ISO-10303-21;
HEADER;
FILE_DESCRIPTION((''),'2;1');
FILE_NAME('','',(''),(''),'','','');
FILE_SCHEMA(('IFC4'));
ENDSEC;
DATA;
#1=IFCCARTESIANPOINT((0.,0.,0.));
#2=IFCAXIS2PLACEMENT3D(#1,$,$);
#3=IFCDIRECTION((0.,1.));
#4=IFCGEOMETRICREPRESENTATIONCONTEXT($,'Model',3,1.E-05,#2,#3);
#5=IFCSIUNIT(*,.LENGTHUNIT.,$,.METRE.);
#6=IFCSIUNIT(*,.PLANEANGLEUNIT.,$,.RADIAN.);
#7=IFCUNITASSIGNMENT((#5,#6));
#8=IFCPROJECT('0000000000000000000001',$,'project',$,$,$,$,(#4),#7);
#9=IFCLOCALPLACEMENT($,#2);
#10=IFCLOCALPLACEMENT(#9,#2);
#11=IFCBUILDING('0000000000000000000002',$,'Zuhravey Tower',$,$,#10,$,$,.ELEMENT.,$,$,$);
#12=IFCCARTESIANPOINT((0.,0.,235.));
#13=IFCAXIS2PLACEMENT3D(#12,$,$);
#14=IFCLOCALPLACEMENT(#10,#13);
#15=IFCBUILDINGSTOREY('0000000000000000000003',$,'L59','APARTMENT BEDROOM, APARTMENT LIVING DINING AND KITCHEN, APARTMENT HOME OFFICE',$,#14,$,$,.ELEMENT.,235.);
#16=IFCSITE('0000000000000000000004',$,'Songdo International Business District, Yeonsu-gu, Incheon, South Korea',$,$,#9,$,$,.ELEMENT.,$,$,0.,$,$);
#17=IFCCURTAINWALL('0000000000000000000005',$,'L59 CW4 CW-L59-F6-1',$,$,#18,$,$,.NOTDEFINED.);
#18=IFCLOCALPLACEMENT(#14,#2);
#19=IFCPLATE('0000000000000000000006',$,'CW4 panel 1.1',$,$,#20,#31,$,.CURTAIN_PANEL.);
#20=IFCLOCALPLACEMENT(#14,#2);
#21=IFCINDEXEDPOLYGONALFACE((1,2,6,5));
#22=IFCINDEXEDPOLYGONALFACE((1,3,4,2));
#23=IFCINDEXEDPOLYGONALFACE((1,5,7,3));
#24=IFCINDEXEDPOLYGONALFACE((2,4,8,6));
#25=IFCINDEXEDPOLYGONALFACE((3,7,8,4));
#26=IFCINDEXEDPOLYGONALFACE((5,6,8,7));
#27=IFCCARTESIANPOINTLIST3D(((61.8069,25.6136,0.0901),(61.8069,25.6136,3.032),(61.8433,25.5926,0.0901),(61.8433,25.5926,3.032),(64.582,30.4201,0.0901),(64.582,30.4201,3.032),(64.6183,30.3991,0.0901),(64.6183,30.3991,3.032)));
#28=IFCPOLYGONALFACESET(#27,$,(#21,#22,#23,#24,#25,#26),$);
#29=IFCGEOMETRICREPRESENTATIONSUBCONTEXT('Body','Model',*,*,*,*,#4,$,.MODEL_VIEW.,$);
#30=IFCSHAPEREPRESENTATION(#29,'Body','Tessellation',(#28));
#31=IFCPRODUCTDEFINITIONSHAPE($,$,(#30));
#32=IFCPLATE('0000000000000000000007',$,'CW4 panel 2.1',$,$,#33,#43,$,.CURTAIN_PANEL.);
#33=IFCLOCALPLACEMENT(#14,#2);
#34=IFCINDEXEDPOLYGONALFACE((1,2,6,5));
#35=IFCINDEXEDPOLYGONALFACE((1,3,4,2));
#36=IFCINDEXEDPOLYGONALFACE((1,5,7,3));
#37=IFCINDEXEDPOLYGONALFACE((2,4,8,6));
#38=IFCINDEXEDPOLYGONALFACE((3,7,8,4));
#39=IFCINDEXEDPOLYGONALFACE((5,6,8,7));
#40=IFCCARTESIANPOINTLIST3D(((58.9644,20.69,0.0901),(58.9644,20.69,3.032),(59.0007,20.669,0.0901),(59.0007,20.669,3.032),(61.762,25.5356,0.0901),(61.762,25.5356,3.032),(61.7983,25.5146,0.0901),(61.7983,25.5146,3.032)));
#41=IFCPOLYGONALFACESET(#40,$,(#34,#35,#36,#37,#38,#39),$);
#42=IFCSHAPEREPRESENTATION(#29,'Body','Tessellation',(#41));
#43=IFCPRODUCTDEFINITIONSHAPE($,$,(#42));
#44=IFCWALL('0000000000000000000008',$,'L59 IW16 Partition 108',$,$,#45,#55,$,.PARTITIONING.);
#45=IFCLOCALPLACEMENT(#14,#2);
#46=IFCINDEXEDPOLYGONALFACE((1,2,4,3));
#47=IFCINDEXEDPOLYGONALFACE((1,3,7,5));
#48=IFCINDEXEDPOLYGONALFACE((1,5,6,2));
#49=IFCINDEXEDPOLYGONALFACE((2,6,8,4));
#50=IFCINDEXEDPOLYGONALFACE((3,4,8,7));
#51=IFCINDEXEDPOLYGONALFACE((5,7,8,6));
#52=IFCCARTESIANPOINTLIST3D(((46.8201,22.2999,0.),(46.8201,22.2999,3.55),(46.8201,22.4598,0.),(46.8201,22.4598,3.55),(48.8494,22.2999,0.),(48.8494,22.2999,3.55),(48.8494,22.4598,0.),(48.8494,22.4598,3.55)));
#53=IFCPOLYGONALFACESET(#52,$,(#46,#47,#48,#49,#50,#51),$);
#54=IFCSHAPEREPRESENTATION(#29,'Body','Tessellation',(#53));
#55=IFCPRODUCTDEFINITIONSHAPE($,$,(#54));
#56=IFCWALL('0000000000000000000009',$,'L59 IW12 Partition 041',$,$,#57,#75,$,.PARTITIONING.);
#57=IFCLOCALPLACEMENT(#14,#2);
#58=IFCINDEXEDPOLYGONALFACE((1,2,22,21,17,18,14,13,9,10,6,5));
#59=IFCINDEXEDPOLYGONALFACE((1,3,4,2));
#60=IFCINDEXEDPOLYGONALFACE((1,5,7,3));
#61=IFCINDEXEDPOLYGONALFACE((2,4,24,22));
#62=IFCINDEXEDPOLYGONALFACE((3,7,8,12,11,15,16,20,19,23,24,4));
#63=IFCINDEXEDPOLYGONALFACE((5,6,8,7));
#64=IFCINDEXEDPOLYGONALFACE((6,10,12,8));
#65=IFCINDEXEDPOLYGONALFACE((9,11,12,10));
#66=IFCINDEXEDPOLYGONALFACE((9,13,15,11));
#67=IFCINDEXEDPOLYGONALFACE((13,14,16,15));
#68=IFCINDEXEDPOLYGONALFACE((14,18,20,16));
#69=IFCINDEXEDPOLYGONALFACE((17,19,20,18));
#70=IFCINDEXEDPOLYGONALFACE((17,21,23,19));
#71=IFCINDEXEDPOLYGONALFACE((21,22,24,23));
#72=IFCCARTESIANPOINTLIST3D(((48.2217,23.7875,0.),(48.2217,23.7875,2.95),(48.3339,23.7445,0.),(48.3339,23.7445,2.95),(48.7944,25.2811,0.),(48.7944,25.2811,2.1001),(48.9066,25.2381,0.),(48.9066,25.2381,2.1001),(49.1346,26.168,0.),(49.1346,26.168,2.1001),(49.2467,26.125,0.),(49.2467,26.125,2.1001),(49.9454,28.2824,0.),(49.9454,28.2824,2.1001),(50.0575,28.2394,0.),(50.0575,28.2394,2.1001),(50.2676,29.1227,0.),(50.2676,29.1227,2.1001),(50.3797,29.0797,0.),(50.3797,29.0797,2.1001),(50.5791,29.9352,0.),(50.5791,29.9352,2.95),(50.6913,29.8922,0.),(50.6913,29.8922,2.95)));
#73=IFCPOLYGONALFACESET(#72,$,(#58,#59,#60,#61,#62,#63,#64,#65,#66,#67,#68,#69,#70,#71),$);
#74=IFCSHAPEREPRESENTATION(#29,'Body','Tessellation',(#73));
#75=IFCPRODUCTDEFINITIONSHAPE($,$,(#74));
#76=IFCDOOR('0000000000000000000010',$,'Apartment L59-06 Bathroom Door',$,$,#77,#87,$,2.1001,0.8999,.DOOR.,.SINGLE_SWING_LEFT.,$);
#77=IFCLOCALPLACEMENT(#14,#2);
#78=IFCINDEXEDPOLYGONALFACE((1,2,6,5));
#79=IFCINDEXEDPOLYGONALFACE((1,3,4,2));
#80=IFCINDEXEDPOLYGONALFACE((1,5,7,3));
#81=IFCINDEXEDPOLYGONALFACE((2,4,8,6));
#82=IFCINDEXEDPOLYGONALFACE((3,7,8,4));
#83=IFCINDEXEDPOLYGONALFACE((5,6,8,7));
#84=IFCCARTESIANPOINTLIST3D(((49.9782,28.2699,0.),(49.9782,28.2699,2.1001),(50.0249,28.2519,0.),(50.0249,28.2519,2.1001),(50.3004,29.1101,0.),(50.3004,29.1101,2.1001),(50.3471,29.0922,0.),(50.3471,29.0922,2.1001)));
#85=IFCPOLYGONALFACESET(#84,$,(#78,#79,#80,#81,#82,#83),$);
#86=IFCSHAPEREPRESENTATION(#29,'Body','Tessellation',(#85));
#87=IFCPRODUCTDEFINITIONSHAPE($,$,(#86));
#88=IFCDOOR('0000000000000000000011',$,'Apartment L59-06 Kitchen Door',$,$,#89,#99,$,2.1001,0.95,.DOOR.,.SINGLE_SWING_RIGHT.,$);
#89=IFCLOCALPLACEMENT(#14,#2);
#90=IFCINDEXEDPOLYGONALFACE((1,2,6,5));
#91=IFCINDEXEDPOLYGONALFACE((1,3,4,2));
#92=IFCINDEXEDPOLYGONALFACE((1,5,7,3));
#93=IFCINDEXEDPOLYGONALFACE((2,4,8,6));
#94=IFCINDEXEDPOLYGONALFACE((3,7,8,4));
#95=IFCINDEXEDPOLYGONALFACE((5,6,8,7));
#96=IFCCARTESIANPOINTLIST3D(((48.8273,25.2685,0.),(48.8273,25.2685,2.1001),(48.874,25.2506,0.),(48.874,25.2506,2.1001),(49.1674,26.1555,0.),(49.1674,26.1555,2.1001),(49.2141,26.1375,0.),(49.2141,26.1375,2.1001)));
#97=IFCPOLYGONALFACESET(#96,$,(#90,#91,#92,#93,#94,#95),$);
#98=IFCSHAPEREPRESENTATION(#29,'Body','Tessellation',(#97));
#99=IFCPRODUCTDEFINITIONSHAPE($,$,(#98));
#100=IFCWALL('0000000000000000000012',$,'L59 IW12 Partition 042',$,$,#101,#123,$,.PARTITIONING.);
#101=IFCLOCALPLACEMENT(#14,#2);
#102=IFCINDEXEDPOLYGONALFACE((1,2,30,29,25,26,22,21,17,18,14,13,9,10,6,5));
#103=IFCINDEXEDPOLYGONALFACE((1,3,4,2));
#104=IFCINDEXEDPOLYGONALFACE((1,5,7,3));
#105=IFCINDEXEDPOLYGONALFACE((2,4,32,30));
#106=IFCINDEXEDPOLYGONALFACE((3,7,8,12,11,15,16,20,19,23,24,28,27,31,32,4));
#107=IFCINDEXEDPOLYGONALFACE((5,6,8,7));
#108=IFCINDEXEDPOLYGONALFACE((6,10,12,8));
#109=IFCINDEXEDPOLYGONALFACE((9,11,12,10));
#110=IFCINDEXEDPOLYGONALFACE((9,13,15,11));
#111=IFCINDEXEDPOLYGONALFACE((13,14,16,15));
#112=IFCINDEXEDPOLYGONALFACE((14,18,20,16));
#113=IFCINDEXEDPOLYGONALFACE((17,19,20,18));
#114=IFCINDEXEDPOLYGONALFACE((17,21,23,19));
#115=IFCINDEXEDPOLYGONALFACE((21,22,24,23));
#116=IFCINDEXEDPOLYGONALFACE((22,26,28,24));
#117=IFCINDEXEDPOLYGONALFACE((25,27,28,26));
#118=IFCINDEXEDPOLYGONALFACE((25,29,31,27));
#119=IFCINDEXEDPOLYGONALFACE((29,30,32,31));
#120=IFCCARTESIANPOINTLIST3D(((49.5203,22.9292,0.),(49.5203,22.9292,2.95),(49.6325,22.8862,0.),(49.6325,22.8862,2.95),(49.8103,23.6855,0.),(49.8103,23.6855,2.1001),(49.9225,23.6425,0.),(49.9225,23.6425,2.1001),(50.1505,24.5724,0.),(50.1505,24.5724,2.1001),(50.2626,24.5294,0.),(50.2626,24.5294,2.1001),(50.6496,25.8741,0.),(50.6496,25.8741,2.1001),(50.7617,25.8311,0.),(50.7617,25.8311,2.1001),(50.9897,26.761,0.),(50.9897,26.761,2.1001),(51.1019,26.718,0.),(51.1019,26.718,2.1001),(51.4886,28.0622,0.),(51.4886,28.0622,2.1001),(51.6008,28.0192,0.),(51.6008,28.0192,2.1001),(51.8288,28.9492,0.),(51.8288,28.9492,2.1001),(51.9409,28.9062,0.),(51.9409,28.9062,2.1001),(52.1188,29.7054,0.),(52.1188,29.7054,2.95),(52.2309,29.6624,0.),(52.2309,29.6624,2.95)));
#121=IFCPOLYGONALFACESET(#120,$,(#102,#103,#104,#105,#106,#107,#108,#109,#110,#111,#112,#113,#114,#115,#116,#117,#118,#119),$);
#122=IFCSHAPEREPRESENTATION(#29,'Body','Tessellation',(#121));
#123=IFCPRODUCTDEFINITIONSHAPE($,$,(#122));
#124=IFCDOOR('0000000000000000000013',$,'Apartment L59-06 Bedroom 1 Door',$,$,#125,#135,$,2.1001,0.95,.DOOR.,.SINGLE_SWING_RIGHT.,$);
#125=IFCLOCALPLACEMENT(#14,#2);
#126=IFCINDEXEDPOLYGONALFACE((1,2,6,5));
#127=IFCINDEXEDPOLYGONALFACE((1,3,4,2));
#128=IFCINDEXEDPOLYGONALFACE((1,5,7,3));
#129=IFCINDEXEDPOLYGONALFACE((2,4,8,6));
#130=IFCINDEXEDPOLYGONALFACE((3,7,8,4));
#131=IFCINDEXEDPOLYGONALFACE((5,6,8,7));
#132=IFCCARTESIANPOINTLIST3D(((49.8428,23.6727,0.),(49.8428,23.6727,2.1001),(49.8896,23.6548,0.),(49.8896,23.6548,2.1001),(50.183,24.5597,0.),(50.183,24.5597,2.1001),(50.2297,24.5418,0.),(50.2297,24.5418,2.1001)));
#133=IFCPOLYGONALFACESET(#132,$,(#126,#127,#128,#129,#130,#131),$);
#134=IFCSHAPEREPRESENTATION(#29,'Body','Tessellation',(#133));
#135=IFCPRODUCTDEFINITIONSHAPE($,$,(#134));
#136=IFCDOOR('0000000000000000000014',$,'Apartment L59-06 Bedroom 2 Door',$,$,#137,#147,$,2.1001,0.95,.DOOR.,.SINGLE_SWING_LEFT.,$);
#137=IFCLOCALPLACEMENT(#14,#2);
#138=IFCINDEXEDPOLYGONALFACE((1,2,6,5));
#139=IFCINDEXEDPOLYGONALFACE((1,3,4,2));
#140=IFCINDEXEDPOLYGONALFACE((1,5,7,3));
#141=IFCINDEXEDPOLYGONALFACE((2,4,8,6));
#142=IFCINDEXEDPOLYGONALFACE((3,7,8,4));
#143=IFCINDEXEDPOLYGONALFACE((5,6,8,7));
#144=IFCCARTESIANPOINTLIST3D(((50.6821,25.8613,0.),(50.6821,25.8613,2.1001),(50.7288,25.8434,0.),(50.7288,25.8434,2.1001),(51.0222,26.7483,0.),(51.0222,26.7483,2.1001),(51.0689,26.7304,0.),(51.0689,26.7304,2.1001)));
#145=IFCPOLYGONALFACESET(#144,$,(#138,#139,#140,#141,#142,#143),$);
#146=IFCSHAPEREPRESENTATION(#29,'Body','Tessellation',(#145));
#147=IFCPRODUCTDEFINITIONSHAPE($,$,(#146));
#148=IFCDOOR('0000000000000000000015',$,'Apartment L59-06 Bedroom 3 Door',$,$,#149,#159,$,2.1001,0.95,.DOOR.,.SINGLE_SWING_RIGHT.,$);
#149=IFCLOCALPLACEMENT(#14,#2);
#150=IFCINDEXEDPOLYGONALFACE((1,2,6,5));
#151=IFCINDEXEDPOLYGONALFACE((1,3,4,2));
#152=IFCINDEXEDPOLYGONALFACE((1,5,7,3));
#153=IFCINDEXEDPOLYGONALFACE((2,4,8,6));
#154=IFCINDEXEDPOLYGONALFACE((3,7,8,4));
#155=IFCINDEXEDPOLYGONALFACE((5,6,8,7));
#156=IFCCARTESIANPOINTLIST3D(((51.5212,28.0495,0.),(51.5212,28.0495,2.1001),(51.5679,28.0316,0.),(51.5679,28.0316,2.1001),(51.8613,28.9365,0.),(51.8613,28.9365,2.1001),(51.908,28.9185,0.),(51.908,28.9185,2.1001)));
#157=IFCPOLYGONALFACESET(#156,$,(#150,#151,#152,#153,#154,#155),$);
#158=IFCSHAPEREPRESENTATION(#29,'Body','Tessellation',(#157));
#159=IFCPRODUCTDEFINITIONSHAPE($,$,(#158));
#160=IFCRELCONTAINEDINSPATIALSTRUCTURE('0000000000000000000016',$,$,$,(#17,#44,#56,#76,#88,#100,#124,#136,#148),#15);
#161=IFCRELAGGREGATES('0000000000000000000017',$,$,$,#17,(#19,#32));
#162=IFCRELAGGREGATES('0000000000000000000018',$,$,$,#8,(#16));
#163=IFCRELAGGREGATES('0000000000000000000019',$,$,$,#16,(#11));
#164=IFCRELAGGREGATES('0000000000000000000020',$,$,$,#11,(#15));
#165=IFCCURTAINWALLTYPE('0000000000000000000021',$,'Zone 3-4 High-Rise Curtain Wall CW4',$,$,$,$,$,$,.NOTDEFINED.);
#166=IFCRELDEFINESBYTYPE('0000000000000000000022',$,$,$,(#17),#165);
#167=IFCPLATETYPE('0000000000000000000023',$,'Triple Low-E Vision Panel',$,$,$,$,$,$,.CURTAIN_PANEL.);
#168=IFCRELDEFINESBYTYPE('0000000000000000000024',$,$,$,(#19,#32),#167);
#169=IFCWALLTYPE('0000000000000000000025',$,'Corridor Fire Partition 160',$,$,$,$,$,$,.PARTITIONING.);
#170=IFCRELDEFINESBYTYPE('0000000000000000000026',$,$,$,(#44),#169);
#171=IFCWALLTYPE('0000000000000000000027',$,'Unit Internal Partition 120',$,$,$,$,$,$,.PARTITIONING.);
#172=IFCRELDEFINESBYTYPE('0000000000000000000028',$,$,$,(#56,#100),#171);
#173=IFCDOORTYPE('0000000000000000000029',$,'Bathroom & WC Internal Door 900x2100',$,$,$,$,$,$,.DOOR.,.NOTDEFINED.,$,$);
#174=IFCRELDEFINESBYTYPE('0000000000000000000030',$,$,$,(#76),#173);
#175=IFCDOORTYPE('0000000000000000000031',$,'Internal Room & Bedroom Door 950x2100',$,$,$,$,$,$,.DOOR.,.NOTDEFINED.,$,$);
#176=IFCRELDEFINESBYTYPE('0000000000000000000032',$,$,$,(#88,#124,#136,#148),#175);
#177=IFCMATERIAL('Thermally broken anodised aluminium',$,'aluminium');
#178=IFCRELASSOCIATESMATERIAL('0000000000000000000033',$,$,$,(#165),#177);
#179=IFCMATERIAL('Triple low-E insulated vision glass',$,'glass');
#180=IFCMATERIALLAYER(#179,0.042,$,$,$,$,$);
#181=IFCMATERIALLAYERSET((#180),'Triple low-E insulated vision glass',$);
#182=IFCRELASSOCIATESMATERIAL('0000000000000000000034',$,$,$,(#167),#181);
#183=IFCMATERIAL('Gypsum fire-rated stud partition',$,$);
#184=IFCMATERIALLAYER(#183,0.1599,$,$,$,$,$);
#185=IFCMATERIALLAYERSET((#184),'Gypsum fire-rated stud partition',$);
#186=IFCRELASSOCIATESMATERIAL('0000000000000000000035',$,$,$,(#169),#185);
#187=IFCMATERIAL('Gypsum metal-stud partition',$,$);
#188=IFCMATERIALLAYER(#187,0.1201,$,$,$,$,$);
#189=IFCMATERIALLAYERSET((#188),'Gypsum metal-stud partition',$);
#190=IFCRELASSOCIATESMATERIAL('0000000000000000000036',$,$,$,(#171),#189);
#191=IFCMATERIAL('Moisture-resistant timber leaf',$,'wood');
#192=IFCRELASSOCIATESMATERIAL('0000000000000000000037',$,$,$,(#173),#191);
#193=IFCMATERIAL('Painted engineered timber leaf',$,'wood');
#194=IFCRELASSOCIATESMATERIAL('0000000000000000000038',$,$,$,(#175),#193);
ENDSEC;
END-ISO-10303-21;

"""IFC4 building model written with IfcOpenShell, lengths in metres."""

from ifc_helpers import new_model, si_unit, direction, frame, frame_2d, origin, origin_2d, place, context, subcontext, project, spatial, rectangle, extrude, material, layer, layer_set, type_object, element, fill, aggregate, save


model = new_model("IFC4")

# Units and contexts
model_context = context("Model", 3, precision=1e-05, world=origin(), true_north=direction((0.0, 1.0)))
body_context = subcontext(model_context, "Body", "Model", "MODEL_VIEW")
ifc_project = project(units=[si_unit("LENGTHUNIT", "METRE"), si_unit("PLANEANGLEUNIT", "RADIAN")], contexts=[model_context])

# Site, building, storey
site_placement = place(None, origin())
site = spatial("IfcSite", under=ifc_project, at=site_placement, Name="Songdo International Business District, Yeonsu-gu, Incheon, South Korea", CompositionType="ELEMENT", RefElevation=0.0)
building_placement = place(site_placement, origin())
building = spatial("IfcBuilding", under=site, at=building_placement, Name="Zuhravey Tower", CompositionType="ELEMENT")
storey_placement = place(building_placement, frame((0.0, 0.0, 235.0)))
storey = spatial("IfcBuildingStorey", under=building, at=storey_placement, Name="L59", Description="APARTMENT BEDROOM, APARTMENT LIVING DINING AND KITCHEN, APARTMENT HOME OFFICE", CompositionType="ELEMENT", Elevation=235.0)

# Curtain wall
ifc_material_1 = material(Name="Thermally broken anodised aluminium", Category="aluminium")
curtain_wall_type = type_object("IfcCurtainWallType", Name="Zone 3-4 High-Rise Curtain Wall CW4", PredefinedType="NOTDEFINED", material=ifc_material_1)
curtain_wall_placement = place(storey_placement, origin())
curtain_wall = element("IfcCurtainWall", 1, at=curtain_wall_placement, inside=storey, type_object=curtain_wall_type, Name="L59 CW4 CW-L59-F6-1", PredefinedType="NOTDEFINED")

# Plates
ifc_material_2 = material(Name="Triple low-E insulated vision glass", Category="glass")
ifc_layer_1 = layer(ifc_material_2, 0.042)
ifc_layer_set_1 = layer_set([ifc_layer_1], Name="Triple low-E insulated vision glass")
plate_type = type_object("IfcPlateType", Name="Triple Low-E Vision Panel", PredefinedType="CURTAIN_PANEL", material=ifc_layer_set_1)
plate_1_placement = place(storey_placement, frame((63.2126, 28.0063, 0.0901), z_axis=(0.0, 0.0, 1.0), x_axis=(-0.500003, -0.866024, 0.0)))
plate_1 = element("IfcPlate", 2, at=plate_1_placement, type_object=plate_type, Name="CW4 panel 1.1", PredefinedType="CURTAIN_PANEL", context=body_context, shape_type="SweptSolid", body=[
    extrude(rectangle(XDim=5.55, YDim=0.042, at=origin_2d()), origin(), (0.0, 0.0, 1.0), 2.9419),
])
plate_2_placement = place(storey_placement, frame((60.3813, 23.1023, 0.0901), z_axis=(0.0, 0.0, 1.0), x_axis=(-0.500003, -0.866024, 0.0)))
plate_2 = element("IfcPlate", 3, at=plate_2_placement, type_object=plate_type, Name="CW4 panel 2.1", PredefinedType="CURTAIN_PANEL", context=body_context, shape_type="SweptSolid", body=[
    extrude(rectangle(XDim=5.5952, YDim=0.042, at=origin_2d()), origin(), (0.0, 0.0, 1.0), 2.9419),
])
aggregate(curtain_wall, [plate_1, plate_2])

# Shared definitions
ifc_material_3 = material(Name="Gypsum fire-rated stud partition")
ifc_layer_2 = layer(ifc_material_3, 0.1599)
ifc_layer_set_2 = layer_set([ifc_layer_2], Name="Gypsum fire-rated stud partition")
wall_type_1 = type_object("IfcWallType", Name="Corridor Fire Partition 160", PredefinedType="PARTITIONING", material=ifc_layer_set_2)

# Wall
wall_1_placement = place(storey_placement, frame((48.8494, 22.3799, 0.0), z_axis=(0.0, 0.0, 1.0), x_axis=(-1.0, 0.0, 0.0)))
element("IfcWall", 4, at=wall_1_placement, inside=storey, type_object=wall_type_1, Name="L59 IW16 Partition 108", PredefinedType="PARTITIONING", context=body_context, shape_type="SweptSolid", body=[
    extrude(rectangle(XDim=2.0293, YDim=0.1599, at=frame_2d((1.0146, 0.0))), origin(), (0.0, 0.0, 1.0), 3.55),
])

# Walls, openings, doors
ifc_material_4 = material(Name="Gypsum metal-stud partition")
ifc_layer_3 = layer(ifc_material_4, 0.1201)
ifc_layer_set_3 = layer_set([ifc_layer_3], Name="Gypsum metal-stud partition")
wall_type_2 = type_object("IfcWallType", Name="Unit Internal Partition 120", PredefinedType="PARTITIONING", material=ifc_layer_set_3)
wall_2_placement = place(storey_placement, frame((48.2778, 23.7661, 0.0), z_axis=(0.0, 0.0, 1.0), x_axis=(0.358042, 0.933705, 0.0)))
wall_2 = element("IfcWall", 5, at=wall_2_placement, inside=storey, type_object=wall_type_2, Name="L59 IW12 Partition 041", PredefinedType="PARTITIONING", context=body_context, shape_type="SweptSolid", body=[
    extrude(rectangle(XDim=6.5842, YDim=0.1201, at=frame_2d((3.292, 0.0))), origin(), (0.0, 0.0, 1.0), 2.95),
])
opening_1_placement = place(wall_2_placement, frame((1.5994, 0.0, 0.0)))
opening_1 = element("IfcOpeningElement", 6, at=opening_1_placement, cuts=wall_2, PredefinedType="OPENING", context=body_context, shape_type="SweptSolid", body=[
    extrude(rectangle(XDim=0.95, YDim=2.1001, at=frame_2d((0.4751, 1.05))), frame((0.0, 0.072, 0.0), z_axis=(0.0, -1.0, 0.0), x_axis=(1.0, 0.0, 0.0)), (0.0, 0.0, 1.0), 0.144),
])
opening_2_placement = place(wall_2_placement, frame((4.814, 0.0, 0.0)))
opening_2 = element("IfcOpeningElement", 7, at=opening_2_placement, cuts=wall_2, PredefinedType="OPENING", context=body_context, shape_type="SweptSolid", body=[
    extrude(rectangle(XDim=0.8999, YDim=2.1001, at=frame_2d((0.45, 1.05))), frame((0.0, 0.072, 0.0), z_axis=(0.0, -1.0, 0.0), x_axis=(1.0, 0.0, 0.0)), (0.0, 0.0, 1.0), 0.144),
])
ifc_material_5 = material(Name="Moisture-resistant timber leaf", Category="wood")
door_type_1 = type_object("IfcDoorType", Name="Bathroom & WC Internal Door 900x2100", OperationType="NOTDEFINED", PredefinedType="DOOR", material=ifc_material_5)
door_1_placement = place(opening_2_placement, origin())
door_1 = element("IfcDoor", 8, at=door_1_placement, inside=storey, type_object=door_type_1, Name="Apartment L59-06 Bathroom Door", OperationType="SINGLE_SWING_LEFT", OverallHeight=2.1001, OverallWidth=0.8999, PredefinedType="DOOR", context=body_context, shape_type="SweptSolid", body=[
    extrude(rectangle(XDim=0.8999, YDim=2.1001, at=frame_2d((0.45, 1.05))), frame((0.0, 0.0249, 0.0), z_axis=(0.0, -1.0, 0.0), x_axis=(1.0, 0.0, 0.0)), (0.0, 0.0, 1.0), 0.05),
])
fill(opening_2, door_1)
ifc_material_6 = material(Name="Painted engineered timber leaf", Category="wood")
door_type_2 = type_object("IfcDoorType", Name="Internal Room & Bedroom Door 950x2100", OperationType="NOTDEFINED", PredefinedType="DOOR", material=ifc_material_6)
door_2_placement = place(opening_1_placement, origin())
door_2 = element("IfcDoor", 9, at=door_2_placement, inside=storey, type_object=door_type_2, Name="Apartment L59-06 Kitchen Door", OperationType="SINGLE_SWING_RIGHT", OverallHeight=2.1001, OverallWidth=0.95, PredefinedType="DOOR", context=body_context, shape_type="SweptSolid", body=[
    extrude(rectangle(XDim=0.95, YDim=2.1001, at=frame_2d((0.4751, 1.05))), frame((0.0, 0.0249, 0.0), z_axis=(0.0, -1.0, 0.0), x_axis=(1.0, 0.0, 0.0)), (0.0, 0.0, 1.0), 0.05),
])
fill(opening_1, door_2)
wall_3_placement = place(storey_placement, frame((49.5764, 22.9077, 0.0), z_axis=(0.0, 0.0, 1.0), x_axis=(0.358041, 0.933706, 0.0)))
wall_3 = element("IfcWall", 10, at=wall_3_placement, inside=storey, type_object=wall_type_2, Name="L59 IW12 Partition 042", PredefinedType="PARTITIONING", context=body_context, shape_type="SweptSolid", body=[
    extrude(rectangle(XDim=7.2573, YDim=0.1201, at=frame_2d((3.6287, 0.0))), origin(), (0.0, 0.0, 1.0), 2.95),
])
opening_3_placement = place(wall_3_placement, frame((0.8098, 0.0, 0.0)))
opening_3 = element("IfcOpeningElement", 11, at=opening_3_placement, cuts=wall_3, PredefinedType="OPENING", context=body_context, shape_type="SweptSolid", body=[
    extrude(rectangle(XDim=0.95, YDim=2.1001, at=frame_2d((0.4751, 1.05))), frame((0.0, 0.072, 0.0), z_axis=(0.0, -1.0, 0.0), x_axis=(1.0, 0.0, 0.0)), (0.0, 0.0, 1.0), 0.144),
])
opening_4_placement = place(wall_3_placement, frame((3.1538, 0.0, 0.0)))
opening_4 = element("IfcOpeningElement", 12, at=opening_4_placement, cuts=wall_3, PredefinedType="OPENING", context=body_context, shape_type="SweptSolid", body=[
    extrude(rectangle(XDim=0.95, YDim=2.1001, at=frame_2d((0.4751, 1.05))), frame((0.0, 0.072, 0.0), z_axis=(0.0, -1.0, 0.0), x_axis=(1.0, 0.0, 0.0)), (0.0, 0.0, 1.0), 0.144),
])
opening_5_placement = place(wall_3_placement, frame((5.4973, 0.0, 0.0)))
opening_5 = element("IfcOpeningElement", 13, at=opening_5_placement, cuts=wall_3, PredefinedType="OPENING", context=body_context, shape_type="SweptSolid", body=[
    extrude(rectangle(XDim=0.95, YDim=2.1001, at=frame_2d((0.4751, 1.05))), frame((0.0, 0.072, 0.0), z_axis=(0.0, -1.0, 0.0), x_axis=(1.0, 0.0, 0.0)), (0.0, 0.0, 1.0), 0.144),
])
door_3_placement = place(opening_3_placement, frame((0.95, 0.0, 0.0), z_axis=(0.0, 0.0, 1.0), x_axis=(-1.0, 0.0, 0.0)))
door_3 = element("IfcDoor", 14, at=door_3_placement, inside=storey, type_object=door_type_2, Name="Apartment L59-06 Bedroom 1 Door", OperationType="SINGLE_SWING_RIGHT", OverallHeight=2.1001, OverallWidth=0.95, PredefinedType="DOOR", context=body_context, shape_type="SweptSolid", body=[
    extrude(rectangle(XDim=0.95, YDim=2.1001, at=frame_2d((0.4751, 1.05))), frame((0.0, 0.0249, 0.0), z_axis=(0.0, -1.0, 0.0), x_axis=(1.0, 0.0, 0.0)), (0.0, 0.0, 1.0), 0.05),
])
fill(opening_3, door_3)
door_4_placement = place(opening_4_placement, frame((0.95, 0.0, 0.0), z_axis=(0.0, 0.0, 1.0), x_axis=(-1.0, 0.0, 0.0)))
door_4 = element("IfcDoor", 15, at=door_4_placement, inside=storey, type_object=door_type_2, Name="Apartment L59-06 Bedroom 2 Door", OperationType="SINGLE_SWING_LEFT", OverallHeight=2.1001, OverallWidth=0.95, PredefinedType="DOOR", context=body_context, shape_type="SweptSolid", body=[
    extrude(rectangle(XDim=0.95, YDim=2.1001, at=frame_2d((0.4751, 1.05))), frame((0.0, 0.0249, 0.0), z_axis=(0.0, -1.0, 0.0), x_axis=(1.0, 0.0, 0.0)), (0.0, 0.0, 1.0), 0.05),
])
fill(opening_4, door_4)
door_5_placement = place(opening_5_placement, frame((0.95, 0.0, 0.0), z_axis=(0.0, 0.0, 1.0), x_axis=(-1.0, 0.0, 0.0)))
door_5 = element("IfcDoor", 16, at=door_5_placement, inside=storey, type_object=door_type_2, Name="Apartment L59-06 Bedroom 3 Door", OperationType="SINGLE_SWING_RIGHT", OverallHeight=2.1001, OverallWidth=0.95, PredefinedType="DOOR", context=body_context, shape_type="SweptSolid", body=[
    extrude(rectangle(XDim=0.95, YDim=2.1001, at=frame_2d((0.4751, 1.05))), frame((0.0, 0.0249, 0.0), z_axis=(0.0, -1.0, 0.0), x_axis=(1.0, 0.0, 0.0)), (0.0, 0.0, 1.0), 0.05),
])
fill(opening_5, door_5)

save(model, "model.ifc")
